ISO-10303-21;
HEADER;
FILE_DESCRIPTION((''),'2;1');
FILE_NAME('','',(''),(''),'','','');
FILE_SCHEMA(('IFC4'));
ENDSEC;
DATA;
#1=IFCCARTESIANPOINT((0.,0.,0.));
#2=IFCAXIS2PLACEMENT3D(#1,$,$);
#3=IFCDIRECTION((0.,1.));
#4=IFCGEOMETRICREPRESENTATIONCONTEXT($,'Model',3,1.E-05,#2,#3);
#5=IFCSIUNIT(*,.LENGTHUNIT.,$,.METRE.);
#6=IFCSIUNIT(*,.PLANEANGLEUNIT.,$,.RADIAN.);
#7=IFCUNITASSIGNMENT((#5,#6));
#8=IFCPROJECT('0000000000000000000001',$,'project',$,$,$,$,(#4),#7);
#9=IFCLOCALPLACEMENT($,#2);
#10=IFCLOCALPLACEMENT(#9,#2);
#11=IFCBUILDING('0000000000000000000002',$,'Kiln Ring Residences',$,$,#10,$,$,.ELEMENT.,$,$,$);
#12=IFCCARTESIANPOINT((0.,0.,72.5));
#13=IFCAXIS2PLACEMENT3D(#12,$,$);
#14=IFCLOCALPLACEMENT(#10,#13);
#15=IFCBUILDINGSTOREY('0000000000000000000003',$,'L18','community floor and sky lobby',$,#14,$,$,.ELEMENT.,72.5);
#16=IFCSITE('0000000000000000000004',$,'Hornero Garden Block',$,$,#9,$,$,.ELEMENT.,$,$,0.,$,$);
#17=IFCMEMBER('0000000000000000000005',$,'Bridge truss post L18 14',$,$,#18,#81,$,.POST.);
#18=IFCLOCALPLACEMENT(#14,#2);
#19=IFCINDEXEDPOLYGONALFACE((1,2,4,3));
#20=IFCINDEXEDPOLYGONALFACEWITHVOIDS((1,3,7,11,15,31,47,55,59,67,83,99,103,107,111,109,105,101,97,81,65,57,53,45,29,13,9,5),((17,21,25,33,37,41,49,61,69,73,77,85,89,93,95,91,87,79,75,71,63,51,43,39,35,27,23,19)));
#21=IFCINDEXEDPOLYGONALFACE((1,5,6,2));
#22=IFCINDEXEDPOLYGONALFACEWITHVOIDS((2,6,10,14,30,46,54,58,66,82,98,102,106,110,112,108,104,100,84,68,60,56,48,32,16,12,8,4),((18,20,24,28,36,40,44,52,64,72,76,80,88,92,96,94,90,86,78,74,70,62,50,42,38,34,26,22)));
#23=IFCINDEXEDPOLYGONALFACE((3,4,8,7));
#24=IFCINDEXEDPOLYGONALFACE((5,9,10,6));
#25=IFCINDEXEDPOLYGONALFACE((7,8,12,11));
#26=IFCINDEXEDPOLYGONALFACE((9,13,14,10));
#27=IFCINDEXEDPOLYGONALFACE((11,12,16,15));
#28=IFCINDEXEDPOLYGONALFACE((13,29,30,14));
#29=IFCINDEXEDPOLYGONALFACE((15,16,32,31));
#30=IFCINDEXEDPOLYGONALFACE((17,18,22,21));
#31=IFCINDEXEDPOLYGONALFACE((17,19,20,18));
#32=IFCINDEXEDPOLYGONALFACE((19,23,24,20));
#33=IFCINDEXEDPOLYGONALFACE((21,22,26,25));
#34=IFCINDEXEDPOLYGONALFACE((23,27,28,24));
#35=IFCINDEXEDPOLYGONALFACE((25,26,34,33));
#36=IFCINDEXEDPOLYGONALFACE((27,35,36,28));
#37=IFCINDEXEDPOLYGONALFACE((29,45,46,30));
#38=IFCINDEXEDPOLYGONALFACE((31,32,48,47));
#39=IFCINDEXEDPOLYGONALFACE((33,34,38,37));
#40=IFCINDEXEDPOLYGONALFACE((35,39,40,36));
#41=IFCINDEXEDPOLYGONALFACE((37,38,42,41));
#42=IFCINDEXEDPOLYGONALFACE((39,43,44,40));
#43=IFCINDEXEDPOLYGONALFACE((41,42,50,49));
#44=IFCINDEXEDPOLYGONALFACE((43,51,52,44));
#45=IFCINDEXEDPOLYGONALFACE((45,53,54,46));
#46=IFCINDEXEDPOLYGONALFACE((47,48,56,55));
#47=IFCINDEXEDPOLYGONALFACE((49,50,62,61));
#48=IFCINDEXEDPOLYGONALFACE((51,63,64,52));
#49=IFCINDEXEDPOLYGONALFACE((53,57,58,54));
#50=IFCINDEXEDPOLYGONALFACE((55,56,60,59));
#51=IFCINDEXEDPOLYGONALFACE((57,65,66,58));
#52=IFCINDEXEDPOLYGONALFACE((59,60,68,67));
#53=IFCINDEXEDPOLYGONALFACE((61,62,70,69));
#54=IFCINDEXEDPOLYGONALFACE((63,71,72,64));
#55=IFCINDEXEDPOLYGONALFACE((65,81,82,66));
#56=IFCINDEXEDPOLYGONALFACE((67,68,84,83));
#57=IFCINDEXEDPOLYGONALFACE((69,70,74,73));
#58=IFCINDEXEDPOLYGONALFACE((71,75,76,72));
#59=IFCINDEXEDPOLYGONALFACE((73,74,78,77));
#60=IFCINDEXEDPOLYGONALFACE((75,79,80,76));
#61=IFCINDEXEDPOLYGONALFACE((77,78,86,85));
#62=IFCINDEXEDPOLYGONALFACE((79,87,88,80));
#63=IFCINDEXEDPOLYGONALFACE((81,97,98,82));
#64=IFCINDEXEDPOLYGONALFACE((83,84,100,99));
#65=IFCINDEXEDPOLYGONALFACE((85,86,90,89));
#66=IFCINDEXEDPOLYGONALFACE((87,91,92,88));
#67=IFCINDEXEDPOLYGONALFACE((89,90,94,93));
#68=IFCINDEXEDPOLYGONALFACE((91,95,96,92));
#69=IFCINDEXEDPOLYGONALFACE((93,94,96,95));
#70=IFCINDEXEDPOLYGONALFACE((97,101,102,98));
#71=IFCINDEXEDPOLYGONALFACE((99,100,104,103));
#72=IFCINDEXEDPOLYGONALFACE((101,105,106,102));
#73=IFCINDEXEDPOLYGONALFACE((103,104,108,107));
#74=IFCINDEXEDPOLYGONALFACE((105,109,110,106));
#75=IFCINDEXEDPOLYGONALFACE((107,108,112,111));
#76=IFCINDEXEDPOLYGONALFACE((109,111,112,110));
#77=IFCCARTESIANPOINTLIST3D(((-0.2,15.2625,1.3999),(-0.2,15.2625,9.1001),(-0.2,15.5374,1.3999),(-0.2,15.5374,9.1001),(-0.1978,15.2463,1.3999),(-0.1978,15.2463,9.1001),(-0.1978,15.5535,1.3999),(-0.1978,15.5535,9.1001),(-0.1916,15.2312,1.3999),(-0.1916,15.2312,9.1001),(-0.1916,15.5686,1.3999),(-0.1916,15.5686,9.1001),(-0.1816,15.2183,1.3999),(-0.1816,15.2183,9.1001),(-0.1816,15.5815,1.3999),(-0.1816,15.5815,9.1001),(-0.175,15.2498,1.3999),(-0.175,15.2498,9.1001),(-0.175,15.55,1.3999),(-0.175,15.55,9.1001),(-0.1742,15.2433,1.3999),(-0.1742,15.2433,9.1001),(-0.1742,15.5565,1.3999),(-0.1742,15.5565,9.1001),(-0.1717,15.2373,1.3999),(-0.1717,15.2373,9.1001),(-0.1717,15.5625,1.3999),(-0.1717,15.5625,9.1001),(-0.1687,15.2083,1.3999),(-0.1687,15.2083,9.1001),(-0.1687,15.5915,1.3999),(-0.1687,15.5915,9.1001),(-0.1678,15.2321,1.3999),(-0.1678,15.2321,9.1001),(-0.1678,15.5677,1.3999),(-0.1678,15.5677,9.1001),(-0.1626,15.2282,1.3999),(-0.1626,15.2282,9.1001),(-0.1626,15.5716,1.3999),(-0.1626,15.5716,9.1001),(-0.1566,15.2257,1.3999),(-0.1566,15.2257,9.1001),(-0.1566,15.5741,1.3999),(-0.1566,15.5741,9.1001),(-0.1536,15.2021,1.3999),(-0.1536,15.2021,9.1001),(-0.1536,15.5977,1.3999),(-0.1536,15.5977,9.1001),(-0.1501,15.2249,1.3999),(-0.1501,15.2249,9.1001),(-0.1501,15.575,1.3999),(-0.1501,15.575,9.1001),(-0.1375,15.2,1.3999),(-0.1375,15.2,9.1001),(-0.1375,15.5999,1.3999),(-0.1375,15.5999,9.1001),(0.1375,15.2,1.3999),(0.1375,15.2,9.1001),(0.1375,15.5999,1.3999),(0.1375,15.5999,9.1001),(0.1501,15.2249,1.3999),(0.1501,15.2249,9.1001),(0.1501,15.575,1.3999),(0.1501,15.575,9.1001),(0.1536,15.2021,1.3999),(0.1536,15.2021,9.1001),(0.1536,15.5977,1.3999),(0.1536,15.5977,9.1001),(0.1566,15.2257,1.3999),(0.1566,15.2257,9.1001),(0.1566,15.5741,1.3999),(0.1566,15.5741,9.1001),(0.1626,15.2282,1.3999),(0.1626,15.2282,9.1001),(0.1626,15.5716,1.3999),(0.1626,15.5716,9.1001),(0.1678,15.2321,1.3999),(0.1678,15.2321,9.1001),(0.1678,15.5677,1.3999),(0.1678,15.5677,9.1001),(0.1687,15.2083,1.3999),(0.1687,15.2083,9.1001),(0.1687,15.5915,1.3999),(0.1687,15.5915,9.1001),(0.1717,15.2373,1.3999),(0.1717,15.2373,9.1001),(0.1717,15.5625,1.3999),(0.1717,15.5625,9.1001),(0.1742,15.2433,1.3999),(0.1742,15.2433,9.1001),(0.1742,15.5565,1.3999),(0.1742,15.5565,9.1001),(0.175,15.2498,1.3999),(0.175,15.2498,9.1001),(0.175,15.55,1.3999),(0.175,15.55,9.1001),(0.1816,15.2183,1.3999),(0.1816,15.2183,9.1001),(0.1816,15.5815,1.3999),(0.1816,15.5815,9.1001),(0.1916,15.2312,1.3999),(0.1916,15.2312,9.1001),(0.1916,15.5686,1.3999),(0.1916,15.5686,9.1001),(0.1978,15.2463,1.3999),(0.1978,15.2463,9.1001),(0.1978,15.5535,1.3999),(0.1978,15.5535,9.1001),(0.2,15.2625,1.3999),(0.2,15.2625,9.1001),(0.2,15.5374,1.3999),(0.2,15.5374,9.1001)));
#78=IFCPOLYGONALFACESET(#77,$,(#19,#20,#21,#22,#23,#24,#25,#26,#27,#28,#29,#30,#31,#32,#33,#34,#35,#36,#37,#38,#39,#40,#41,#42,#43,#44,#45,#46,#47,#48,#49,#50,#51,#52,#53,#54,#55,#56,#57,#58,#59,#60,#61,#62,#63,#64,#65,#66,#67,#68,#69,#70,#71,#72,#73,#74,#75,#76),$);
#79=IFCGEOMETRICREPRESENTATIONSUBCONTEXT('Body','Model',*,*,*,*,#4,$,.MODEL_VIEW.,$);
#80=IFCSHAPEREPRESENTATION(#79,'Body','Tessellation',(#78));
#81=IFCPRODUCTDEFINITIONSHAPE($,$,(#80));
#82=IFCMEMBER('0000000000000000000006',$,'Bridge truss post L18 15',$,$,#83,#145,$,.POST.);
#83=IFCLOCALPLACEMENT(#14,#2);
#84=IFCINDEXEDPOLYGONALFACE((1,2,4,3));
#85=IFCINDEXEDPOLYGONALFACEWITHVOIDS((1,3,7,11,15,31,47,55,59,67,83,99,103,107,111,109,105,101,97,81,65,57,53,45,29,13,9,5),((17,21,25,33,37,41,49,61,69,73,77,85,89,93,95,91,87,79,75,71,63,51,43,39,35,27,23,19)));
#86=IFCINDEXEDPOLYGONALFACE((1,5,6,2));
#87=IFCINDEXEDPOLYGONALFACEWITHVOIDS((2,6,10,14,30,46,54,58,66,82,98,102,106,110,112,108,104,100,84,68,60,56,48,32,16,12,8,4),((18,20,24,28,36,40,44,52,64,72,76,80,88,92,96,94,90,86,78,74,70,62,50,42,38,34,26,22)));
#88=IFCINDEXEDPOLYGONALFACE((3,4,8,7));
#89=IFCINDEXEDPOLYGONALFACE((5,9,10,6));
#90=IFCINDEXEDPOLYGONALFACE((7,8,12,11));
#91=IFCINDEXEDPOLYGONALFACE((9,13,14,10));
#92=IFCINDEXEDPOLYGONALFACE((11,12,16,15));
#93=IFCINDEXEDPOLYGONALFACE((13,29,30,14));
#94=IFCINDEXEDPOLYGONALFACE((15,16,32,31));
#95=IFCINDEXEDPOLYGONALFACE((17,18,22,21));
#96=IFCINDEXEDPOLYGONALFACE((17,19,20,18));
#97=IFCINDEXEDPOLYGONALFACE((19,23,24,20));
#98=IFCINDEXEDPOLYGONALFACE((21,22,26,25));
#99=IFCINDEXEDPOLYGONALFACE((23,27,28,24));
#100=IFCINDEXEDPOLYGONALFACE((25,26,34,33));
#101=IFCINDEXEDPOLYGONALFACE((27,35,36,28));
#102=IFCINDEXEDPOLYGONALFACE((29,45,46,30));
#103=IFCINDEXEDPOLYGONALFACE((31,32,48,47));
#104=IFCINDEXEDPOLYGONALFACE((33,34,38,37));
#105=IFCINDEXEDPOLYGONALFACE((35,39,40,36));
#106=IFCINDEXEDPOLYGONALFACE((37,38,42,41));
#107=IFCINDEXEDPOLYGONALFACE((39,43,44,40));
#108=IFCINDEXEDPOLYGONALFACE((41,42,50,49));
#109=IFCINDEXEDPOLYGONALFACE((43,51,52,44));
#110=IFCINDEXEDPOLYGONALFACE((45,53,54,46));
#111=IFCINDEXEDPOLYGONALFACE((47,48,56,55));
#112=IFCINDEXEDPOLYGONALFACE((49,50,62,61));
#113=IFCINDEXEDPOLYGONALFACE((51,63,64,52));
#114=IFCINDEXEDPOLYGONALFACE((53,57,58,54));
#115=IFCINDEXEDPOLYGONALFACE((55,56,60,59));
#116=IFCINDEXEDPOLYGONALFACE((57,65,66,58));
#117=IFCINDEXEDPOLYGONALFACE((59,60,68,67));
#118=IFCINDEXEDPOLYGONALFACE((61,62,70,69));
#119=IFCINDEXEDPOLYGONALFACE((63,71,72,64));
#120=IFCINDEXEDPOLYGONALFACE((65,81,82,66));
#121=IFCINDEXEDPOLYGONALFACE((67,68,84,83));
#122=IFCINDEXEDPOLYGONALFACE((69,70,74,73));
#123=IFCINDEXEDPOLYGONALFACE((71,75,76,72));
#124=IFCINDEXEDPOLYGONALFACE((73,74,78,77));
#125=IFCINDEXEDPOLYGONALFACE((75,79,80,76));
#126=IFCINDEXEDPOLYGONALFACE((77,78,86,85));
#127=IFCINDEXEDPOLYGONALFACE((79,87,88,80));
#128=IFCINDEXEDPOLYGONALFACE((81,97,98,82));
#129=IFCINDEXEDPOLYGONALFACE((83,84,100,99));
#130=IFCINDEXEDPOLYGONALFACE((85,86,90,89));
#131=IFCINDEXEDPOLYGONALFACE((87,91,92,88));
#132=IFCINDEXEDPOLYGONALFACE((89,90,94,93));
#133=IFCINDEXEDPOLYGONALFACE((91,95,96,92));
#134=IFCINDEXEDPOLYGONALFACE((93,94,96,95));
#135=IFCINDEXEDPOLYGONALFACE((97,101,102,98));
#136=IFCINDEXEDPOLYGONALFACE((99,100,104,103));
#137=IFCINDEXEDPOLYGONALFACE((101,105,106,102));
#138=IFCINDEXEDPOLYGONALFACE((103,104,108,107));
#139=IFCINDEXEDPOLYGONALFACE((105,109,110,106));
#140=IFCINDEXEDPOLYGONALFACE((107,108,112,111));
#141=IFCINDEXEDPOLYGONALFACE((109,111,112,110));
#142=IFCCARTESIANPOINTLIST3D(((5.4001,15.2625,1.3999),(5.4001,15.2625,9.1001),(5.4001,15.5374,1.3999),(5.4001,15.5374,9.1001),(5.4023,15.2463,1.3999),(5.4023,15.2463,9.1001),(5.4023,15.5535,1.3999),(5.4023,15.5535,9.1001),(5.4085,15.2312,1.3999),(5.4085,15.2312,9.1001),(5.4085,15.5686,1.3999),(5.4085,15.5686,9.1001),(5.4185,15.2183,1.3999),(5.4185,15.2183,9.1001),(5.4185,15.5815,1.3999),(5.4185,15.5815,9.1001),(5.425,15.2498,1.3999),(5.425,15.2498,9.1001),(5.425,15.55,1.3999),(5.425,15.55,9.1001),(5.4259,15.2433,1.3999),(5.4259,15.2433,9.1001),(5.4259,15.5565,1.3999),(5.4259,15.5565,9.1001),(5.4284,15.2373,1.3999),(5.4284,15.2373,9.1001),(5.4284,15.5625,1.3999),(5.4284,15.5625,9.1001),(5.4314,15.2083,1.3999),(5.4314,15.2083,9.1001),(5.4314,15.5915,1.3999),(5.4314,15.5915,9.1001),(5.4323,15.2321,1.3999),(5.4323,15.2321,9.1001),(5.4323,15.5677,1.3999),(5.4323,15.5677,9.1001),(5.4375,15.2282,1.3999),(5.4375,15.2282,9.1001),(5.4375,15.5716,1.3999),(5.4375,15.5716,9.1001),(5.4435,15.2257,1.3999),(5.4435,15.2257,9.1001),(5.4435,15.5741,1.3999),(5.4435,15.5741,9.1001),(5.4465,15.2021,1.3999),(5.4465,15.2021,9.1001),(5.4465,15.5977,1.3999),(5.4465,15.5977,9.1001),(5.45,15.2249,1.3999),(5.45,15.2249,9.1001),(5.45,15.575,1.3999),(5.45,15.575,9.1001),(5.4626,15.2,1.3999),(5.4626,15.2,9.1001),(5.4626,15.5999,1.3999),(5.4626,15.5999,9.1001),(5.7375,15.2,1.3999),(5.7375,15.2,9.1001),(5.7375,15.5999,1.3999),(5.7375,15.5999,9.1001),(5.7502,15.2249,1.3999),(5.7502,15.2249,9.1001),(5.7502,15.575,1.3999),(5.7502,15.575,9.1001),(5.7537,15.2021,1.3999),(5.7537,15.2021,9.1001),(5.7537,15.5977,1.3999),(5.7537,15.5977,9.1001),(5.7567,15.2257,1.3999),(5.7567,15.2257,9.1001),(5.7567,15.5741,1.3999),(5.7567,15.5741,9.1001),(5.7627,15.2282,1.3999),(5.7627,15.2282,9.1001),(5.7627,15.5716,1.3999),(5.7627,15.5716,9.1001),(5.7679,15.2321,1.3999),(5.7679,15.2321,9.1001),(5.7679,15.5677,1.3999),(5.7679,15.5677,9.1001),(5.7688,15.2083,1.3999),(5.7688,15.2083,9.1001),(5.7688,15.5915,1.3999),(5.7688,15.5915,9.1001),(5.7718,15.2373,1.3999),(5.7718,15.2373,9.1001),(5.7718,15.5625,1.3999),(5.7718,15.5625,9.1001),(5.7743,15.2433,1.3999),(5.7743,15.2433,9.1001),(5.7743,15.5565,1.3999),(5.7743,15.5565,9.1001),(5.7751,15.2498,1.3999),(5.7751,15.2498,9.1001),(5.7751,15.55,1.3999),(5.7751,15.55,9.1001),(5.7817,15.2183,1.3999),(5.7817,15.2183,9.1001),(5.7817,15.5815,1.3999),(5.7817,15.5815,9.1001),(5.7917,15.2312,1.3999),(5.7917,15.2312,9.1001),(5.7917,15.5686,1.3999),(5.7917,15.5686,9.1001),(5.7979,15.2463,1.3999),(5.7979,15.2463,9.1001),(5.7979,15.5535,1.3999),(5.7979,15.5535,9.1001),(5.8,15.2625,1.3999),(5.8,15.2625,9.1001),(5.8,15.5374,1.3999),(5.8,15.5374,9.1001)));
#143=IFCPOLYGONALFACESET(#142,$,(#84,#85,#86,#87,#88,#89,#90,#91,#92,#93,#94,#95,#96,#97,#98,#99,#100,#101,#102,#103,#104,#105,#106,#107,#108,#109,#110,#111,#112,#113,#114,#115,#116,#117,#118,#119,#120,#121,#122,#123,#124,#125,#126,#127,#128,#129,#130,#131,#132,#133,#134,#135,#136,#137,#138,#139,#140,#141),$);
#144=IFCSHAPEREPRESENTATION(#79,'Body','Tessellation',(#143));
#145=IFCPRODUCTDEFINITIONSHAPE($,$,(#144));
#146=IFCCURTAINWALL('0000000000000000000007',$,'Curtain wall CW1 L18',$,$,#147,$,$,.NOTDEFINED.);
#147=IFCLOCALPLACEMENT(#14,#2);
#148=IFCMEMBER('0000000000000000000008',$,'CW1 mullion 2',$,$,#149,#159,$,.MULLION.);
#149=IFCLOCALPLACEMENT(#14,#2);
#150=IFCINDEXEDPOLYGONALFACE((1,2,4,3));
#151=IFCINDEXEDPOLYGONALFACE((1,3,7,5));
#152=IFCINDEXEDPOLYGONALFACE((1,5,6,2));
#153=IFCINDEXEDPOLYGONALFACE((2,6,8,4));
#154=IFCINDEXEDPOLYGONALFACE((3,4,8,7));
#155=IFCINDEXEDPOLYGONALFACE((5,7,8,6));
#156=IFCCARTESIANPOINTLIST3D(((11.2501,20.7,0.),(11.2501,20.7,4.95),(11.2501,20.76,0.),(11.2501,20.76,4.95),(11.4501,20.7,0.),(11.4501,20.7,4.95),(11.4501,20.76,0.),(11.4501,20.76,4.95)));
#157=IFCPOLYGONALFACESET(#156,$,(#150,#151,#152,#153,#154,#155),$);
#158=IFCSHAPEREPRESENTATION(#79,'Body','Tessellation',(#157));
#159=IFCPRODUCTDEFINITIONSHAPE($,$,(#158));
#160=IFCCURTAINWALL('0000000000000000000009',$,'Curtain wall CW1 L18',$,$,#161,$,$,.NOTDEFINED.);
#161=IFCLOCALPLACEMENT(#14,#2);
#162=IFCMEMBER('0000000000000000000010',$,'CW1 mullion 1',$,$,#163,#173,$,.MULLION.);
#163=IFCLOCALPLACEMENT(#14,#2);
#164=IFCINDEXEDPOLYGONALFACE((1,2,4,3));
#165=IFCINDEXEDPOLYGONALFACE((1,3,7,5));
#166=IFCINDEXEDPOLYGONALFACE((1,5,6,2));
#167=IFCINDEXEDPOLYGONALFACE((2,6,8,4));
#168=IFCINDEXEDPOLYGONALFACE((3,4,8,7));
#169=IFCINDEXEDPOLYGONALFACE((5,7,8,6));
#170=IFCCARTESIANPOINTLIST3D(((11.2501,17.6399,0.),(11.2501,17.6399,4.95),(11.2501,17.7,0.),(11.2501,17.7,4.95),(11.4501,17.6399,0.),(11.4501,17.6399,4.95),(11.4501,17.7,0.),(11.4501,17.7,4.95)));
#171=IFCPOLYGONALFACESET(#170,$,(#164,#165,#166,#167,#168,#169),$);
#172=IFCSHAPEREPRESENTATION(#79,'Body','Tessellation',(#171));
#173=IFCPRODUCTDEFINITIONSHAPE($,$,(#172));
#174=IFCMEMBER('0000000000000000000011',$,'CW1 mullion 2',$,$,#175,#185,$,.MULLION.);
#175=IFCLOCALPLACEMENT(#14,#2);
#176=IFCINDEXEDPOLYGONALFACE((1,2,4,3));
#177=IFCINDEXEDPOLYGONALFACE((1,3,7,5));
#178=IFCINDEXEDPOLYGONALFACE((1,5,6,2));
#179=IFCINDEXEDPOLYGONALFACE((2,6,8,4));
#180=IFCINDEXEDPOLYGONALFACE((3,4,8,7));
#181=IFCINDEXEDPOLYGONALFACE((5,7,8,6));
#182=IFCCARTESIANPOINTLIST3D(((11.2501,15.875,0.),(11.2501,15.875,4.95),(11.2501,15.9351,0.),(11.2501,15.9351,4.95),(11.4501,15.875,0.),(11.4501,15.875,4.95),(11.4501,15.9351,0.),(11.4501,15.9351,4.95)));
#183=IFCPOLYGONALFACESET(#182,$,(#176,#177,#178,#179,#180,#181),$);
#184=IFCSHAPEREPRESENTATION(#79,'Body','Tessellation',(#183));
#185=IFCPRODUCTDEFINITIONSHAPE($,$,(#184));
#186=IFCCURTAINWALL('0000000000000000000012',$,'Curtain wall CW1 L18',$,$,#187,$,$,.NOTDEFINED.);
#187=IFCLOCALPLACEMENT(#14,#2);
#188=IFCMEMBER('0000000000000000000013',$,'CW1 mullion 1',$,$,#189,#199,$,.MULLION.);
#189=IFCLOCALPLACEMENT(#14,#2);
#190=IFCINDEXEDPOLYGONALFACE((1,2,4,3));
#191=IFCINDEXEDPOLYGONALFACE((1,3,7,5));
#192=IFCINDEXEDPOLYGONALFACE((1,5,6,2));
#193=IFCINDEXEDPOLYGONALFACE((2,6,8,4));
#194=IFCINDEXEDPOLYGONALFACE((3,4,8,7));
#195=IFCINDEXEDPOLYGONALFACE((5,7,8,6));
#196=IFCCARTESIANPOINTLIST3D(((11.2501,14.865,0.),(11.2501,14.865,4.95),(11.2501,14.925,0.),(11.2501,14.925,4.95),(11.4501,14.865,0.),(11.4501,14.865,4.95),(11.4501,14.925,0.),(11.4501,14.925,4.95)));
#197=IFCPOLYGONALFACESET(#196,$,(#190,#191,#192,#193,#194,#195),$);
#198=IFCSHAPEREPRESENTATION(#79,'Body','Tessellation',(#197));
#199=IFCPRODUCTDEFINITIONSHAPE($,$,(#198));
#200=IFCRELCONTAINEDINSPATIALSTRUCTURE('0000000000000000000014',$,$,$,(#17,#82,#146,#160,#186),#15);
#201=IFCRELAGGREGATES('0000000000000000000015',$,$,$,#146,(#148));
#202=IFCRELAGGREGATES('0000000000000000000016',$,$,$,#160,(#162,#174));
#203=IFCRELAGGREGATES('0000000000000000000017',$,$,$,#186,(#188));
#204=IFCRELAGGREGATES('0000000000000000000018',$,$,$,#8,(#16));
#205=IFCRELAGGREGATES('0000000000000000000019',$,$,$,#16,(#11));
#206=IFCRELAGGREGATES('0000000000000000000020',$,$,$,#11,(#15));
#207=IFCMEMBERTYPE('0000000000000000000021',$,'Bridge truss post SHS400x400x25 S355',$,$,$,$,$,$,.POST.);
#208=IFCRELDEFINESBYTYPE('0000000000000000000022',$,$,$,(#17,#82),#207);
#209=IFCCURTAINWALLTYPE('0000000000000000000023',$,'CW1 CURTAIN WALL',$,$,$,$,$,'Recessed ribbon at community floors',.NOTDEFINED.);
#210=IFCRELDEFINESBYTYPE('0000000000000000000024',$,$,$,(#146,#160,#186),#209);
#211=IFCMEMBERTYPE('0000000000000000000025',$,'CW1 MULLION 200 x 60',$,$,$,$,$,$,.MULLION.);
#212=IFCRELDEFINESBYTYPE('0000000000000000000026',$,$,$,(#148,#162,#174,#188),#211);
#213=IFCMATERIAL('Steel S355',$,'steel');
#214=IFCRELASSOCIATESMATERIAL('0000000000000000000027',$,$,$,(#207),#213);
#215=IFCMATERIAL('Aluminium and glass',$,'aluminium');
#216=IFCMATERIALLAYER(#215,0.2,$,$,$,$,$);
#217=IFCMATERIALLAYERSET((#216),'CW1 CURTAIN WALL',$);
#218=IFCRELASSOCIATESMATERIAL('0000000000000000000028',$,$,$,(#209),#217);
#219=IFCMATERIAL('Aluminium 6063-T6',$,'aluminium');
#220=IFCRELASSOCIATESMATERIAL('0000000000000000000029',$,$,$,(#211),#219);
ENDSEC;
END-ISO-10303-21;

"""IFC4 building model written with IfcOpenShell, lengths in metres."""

from ifc_helpers import new_model, si_unit, direction, frame, origin, origin_2d, place, context, subcontext, project, spatial, rectangle, hollow_rectangle, extrude, material, layer, layer_set, material_profile, profile_set, type_object, element, aggregate, save


model = new_model("IFC4")

# Units and contexts
model_context = context("Model", 3, precision=1e-05, world=origin(), true_north=direction((0.0, 1.0)))
body_context = subcontext(model_context, "Body", "Model", "MODEL_VIEW")
ifc_project = project(units=[si_unit("LENGTHUNIT", "METRE"), si_unit("PLANEANGLEUNIT", "RADIAN")], contexts=[model_context])

# Site, building, storey
site_placement = place(None, origin())
site = spatial("IfcSite", under=ifc_project, at=site_placement, Name="Hornero Garden Block", CompositionType="ELEMENT", RefElevation=0.0)
building_placement = place(site_placement, origin())
building = spatial("IfcBuilding", under=site, at=building_placement, Name="Kiln Ring Residences", CompositionType="ELEMENT")
storey_placement = place(building_placement, frame((0.0, 0.0, 72.5)))
storey = spatial("IfcBuildingStorey", under=building, at=storey_placement, Name="L18", Description="community floor and sky lobby", CompositionType="ELEMENT", Elevation=72.5)

# Members
ifc_material_1 = material(Name="Steel S355", Category="steel")
ifc_material_profile_1 = material_profile(ifc_material_1, hollow_rectangle(XDim=0.3999, YDim=0.3999, WallThickness=0.0249, InnerFilletRadius=0.0249, OuterFilletRadius=0.0625, at=origin_2d()), Name="SHS400x400x25")
ifc_profile_set_1 = profile_set([ifc_material_profile_1], Name="Steel S355")
member_type_1 = type_object("IfcMemberType", Name="Bridge truss post SHS400x400x25 S355", PredefinedType="POST", material=ifc_profile_set_1)
for number, where, z_axis, x_axis, name in (
    (1, (0.0, 15.3999, 1.3999), (0.0, 0.0, 1.0), (1.0, 0.0, 0.0), "Bridge truss post L18 14"),
    (2, (5.6001, 15.3999, 1.3999), (0.0, 0.0, 1.0), (1.0, 0.0, 0.0), "Bridge truss post L18 15"),
):
    element("IfcMember", number, at=place(storey_placement, frame(where, z_axis=z_axis, x_axis=x_axis)), inside=storey, type_object=member_type_1, Name=name, PredefinedType="POST", context=body_context, shape_type="SweptSolid", body=[
        extrude(hollow_rectangle(XDim=0.3999, YDim=0.3999, WallThickness=0.0249, InnerFilletRadius=0.0249, OuterFilletRadius=0.0625, at=origin_2d()), origin(), (0.0, 0.0, 1.0), 7.7002),
    ])

# Curtain wall, member
ifc_material_2 = material(Name="Aluminium and glass", Category="aluminium")
ifc_layer_1 = layer(ifc_material_2, 0.2)
ifc_layer_set_1 = layer_set([ifc_layer_1], Name="CW1 CURTAIN WALL")
curtain_wall_type = type_object("IfcCurtainWallType", Name="CW1 CURTAIN WALL", ElementType="Recessed ribbon at community floors", PredefinedType="NOTDEFINED", material=ifc_layer_set_1)
placement = place(storey_placement, origin())
curtain_wall_1 = element("IfcCurtainWall", 3, at=placement, inside=storey, type_object=curtain_wall_type, Name="Curtain wall CW1 L18", PredefinedType="NOTDEFINED")
ifc_material_3 = material(Name="Aluminium 6063-T6", Category="aluminium")
ifc_material_profile_2 = material_profile(ifc_material_3, rectangle(XDim=0.2, YDim=0.0601, at=origin_2d()), Name="AL 200x60")
ifc_profile_set_2 = profile_set([ifc_material_profile_2], Name="Aluminium 6063-T6")
member_type_2 = type_object("IfcMemberType", Name="CW1 MULLION 200 x 60", PredefinedType="MULLION", material=ifc_profile_set_2)
member_1_placement = place(storey_placement, frame((11.3501, 20.73, 0.0), z_axis=(0.0, 0.0, 1.0), x_axis=(1.0, 0.0, 0.0)))
member_1 = element("IfcMember", 4, at=member_1_placement, type_object=member_type_2, Name="CW1 mullion 2", PredefinedType="MULLION", context=body_context, shape_type="SweptSolid", body=[
    extrude(rectangle(XDim=0.2, YDim=0.0601, at=origin_2d()), origin(), (0.0, 0.0, 1.0), 4.95),
])

# Curtain wall, members
curtain_wall_2 = element("IfcCurtainWall", 5, at=placement, inside=storey, type_object=curtain_wall_type, Name="Curtain wall CW1 L18", PredefinedType="NOTDEFINED")
member_2_placement = place(storey_placement, frame((11.3501, 17.6699, 0.0), z_axis=(0.0, 0.0, 1.0), x_axis=(1.0, 0.0, 0.0)))
member_2 = element("IfcMember", 6, at=member_2_placement, type_object=member_type_2, Name="CW1 mullion 1", PredefinedType="MULLION", context=body_context, shape_type="SweptSolid", body=[
    extrude(rectangle(XDim=0.2, YDim=0.0601, at=origin_2d()), origin(), (0.0, 0.0, 1.0), 4.95),
])
member_3_placement = place(storey_placement, frame((11.3501, 15.905, 0.0), z_axis=(0.0, 0.0, 1.0), x_axis=(1.0, 0.0, 0.0)))
member_3 = element("IfcMember", 7, at=member_3_placement, type_object=member_type_2, Name="CW1 mullion 2", PredefinedType="MULLION", context=body_context, shape_type="SweptSolid", body=[
    extrude(rectangle(XDim=0.2, YDim=0.0601, at=origin_2d()), origin(), (0.0, 0.0, 1.0), 4.95),
])

# Curtain wall, member
curtain_wall_3 = element("IfcCurtainWall", 8, at=placement, inside=storey, type_object=curtain_wall_type, Name="Curtain wall CW1 L18", PredefinedType="NOTDEFINED")
member_4_placement = place(storey_placement, frame((11.3501, 14.895, 0.0), z_axis=(0.0, 0.0, 1.0), x_axis=(1.0, 0.0, 0.0)))
member_4 = element("IfcMember", 9, at=member_4_placement, type_object=member_type_2, Name="CW1 mullion 1", PredefinedType="MULLION", context=body_context, shape_type="SweptSolid", body=[
    extrude(rectangle(XDim=0.2, YDim=0.0601, at=origin_2d()), origin(), (0.0, 0.0, 1.0), 4.95),
])

aggregate(curtain_wall_1, [member_1])
aggregate(curtain_wall_2, [member_2, member_3])
aggregate(curtain_wall_3, [member_4])

save(model, "model.ifc")
